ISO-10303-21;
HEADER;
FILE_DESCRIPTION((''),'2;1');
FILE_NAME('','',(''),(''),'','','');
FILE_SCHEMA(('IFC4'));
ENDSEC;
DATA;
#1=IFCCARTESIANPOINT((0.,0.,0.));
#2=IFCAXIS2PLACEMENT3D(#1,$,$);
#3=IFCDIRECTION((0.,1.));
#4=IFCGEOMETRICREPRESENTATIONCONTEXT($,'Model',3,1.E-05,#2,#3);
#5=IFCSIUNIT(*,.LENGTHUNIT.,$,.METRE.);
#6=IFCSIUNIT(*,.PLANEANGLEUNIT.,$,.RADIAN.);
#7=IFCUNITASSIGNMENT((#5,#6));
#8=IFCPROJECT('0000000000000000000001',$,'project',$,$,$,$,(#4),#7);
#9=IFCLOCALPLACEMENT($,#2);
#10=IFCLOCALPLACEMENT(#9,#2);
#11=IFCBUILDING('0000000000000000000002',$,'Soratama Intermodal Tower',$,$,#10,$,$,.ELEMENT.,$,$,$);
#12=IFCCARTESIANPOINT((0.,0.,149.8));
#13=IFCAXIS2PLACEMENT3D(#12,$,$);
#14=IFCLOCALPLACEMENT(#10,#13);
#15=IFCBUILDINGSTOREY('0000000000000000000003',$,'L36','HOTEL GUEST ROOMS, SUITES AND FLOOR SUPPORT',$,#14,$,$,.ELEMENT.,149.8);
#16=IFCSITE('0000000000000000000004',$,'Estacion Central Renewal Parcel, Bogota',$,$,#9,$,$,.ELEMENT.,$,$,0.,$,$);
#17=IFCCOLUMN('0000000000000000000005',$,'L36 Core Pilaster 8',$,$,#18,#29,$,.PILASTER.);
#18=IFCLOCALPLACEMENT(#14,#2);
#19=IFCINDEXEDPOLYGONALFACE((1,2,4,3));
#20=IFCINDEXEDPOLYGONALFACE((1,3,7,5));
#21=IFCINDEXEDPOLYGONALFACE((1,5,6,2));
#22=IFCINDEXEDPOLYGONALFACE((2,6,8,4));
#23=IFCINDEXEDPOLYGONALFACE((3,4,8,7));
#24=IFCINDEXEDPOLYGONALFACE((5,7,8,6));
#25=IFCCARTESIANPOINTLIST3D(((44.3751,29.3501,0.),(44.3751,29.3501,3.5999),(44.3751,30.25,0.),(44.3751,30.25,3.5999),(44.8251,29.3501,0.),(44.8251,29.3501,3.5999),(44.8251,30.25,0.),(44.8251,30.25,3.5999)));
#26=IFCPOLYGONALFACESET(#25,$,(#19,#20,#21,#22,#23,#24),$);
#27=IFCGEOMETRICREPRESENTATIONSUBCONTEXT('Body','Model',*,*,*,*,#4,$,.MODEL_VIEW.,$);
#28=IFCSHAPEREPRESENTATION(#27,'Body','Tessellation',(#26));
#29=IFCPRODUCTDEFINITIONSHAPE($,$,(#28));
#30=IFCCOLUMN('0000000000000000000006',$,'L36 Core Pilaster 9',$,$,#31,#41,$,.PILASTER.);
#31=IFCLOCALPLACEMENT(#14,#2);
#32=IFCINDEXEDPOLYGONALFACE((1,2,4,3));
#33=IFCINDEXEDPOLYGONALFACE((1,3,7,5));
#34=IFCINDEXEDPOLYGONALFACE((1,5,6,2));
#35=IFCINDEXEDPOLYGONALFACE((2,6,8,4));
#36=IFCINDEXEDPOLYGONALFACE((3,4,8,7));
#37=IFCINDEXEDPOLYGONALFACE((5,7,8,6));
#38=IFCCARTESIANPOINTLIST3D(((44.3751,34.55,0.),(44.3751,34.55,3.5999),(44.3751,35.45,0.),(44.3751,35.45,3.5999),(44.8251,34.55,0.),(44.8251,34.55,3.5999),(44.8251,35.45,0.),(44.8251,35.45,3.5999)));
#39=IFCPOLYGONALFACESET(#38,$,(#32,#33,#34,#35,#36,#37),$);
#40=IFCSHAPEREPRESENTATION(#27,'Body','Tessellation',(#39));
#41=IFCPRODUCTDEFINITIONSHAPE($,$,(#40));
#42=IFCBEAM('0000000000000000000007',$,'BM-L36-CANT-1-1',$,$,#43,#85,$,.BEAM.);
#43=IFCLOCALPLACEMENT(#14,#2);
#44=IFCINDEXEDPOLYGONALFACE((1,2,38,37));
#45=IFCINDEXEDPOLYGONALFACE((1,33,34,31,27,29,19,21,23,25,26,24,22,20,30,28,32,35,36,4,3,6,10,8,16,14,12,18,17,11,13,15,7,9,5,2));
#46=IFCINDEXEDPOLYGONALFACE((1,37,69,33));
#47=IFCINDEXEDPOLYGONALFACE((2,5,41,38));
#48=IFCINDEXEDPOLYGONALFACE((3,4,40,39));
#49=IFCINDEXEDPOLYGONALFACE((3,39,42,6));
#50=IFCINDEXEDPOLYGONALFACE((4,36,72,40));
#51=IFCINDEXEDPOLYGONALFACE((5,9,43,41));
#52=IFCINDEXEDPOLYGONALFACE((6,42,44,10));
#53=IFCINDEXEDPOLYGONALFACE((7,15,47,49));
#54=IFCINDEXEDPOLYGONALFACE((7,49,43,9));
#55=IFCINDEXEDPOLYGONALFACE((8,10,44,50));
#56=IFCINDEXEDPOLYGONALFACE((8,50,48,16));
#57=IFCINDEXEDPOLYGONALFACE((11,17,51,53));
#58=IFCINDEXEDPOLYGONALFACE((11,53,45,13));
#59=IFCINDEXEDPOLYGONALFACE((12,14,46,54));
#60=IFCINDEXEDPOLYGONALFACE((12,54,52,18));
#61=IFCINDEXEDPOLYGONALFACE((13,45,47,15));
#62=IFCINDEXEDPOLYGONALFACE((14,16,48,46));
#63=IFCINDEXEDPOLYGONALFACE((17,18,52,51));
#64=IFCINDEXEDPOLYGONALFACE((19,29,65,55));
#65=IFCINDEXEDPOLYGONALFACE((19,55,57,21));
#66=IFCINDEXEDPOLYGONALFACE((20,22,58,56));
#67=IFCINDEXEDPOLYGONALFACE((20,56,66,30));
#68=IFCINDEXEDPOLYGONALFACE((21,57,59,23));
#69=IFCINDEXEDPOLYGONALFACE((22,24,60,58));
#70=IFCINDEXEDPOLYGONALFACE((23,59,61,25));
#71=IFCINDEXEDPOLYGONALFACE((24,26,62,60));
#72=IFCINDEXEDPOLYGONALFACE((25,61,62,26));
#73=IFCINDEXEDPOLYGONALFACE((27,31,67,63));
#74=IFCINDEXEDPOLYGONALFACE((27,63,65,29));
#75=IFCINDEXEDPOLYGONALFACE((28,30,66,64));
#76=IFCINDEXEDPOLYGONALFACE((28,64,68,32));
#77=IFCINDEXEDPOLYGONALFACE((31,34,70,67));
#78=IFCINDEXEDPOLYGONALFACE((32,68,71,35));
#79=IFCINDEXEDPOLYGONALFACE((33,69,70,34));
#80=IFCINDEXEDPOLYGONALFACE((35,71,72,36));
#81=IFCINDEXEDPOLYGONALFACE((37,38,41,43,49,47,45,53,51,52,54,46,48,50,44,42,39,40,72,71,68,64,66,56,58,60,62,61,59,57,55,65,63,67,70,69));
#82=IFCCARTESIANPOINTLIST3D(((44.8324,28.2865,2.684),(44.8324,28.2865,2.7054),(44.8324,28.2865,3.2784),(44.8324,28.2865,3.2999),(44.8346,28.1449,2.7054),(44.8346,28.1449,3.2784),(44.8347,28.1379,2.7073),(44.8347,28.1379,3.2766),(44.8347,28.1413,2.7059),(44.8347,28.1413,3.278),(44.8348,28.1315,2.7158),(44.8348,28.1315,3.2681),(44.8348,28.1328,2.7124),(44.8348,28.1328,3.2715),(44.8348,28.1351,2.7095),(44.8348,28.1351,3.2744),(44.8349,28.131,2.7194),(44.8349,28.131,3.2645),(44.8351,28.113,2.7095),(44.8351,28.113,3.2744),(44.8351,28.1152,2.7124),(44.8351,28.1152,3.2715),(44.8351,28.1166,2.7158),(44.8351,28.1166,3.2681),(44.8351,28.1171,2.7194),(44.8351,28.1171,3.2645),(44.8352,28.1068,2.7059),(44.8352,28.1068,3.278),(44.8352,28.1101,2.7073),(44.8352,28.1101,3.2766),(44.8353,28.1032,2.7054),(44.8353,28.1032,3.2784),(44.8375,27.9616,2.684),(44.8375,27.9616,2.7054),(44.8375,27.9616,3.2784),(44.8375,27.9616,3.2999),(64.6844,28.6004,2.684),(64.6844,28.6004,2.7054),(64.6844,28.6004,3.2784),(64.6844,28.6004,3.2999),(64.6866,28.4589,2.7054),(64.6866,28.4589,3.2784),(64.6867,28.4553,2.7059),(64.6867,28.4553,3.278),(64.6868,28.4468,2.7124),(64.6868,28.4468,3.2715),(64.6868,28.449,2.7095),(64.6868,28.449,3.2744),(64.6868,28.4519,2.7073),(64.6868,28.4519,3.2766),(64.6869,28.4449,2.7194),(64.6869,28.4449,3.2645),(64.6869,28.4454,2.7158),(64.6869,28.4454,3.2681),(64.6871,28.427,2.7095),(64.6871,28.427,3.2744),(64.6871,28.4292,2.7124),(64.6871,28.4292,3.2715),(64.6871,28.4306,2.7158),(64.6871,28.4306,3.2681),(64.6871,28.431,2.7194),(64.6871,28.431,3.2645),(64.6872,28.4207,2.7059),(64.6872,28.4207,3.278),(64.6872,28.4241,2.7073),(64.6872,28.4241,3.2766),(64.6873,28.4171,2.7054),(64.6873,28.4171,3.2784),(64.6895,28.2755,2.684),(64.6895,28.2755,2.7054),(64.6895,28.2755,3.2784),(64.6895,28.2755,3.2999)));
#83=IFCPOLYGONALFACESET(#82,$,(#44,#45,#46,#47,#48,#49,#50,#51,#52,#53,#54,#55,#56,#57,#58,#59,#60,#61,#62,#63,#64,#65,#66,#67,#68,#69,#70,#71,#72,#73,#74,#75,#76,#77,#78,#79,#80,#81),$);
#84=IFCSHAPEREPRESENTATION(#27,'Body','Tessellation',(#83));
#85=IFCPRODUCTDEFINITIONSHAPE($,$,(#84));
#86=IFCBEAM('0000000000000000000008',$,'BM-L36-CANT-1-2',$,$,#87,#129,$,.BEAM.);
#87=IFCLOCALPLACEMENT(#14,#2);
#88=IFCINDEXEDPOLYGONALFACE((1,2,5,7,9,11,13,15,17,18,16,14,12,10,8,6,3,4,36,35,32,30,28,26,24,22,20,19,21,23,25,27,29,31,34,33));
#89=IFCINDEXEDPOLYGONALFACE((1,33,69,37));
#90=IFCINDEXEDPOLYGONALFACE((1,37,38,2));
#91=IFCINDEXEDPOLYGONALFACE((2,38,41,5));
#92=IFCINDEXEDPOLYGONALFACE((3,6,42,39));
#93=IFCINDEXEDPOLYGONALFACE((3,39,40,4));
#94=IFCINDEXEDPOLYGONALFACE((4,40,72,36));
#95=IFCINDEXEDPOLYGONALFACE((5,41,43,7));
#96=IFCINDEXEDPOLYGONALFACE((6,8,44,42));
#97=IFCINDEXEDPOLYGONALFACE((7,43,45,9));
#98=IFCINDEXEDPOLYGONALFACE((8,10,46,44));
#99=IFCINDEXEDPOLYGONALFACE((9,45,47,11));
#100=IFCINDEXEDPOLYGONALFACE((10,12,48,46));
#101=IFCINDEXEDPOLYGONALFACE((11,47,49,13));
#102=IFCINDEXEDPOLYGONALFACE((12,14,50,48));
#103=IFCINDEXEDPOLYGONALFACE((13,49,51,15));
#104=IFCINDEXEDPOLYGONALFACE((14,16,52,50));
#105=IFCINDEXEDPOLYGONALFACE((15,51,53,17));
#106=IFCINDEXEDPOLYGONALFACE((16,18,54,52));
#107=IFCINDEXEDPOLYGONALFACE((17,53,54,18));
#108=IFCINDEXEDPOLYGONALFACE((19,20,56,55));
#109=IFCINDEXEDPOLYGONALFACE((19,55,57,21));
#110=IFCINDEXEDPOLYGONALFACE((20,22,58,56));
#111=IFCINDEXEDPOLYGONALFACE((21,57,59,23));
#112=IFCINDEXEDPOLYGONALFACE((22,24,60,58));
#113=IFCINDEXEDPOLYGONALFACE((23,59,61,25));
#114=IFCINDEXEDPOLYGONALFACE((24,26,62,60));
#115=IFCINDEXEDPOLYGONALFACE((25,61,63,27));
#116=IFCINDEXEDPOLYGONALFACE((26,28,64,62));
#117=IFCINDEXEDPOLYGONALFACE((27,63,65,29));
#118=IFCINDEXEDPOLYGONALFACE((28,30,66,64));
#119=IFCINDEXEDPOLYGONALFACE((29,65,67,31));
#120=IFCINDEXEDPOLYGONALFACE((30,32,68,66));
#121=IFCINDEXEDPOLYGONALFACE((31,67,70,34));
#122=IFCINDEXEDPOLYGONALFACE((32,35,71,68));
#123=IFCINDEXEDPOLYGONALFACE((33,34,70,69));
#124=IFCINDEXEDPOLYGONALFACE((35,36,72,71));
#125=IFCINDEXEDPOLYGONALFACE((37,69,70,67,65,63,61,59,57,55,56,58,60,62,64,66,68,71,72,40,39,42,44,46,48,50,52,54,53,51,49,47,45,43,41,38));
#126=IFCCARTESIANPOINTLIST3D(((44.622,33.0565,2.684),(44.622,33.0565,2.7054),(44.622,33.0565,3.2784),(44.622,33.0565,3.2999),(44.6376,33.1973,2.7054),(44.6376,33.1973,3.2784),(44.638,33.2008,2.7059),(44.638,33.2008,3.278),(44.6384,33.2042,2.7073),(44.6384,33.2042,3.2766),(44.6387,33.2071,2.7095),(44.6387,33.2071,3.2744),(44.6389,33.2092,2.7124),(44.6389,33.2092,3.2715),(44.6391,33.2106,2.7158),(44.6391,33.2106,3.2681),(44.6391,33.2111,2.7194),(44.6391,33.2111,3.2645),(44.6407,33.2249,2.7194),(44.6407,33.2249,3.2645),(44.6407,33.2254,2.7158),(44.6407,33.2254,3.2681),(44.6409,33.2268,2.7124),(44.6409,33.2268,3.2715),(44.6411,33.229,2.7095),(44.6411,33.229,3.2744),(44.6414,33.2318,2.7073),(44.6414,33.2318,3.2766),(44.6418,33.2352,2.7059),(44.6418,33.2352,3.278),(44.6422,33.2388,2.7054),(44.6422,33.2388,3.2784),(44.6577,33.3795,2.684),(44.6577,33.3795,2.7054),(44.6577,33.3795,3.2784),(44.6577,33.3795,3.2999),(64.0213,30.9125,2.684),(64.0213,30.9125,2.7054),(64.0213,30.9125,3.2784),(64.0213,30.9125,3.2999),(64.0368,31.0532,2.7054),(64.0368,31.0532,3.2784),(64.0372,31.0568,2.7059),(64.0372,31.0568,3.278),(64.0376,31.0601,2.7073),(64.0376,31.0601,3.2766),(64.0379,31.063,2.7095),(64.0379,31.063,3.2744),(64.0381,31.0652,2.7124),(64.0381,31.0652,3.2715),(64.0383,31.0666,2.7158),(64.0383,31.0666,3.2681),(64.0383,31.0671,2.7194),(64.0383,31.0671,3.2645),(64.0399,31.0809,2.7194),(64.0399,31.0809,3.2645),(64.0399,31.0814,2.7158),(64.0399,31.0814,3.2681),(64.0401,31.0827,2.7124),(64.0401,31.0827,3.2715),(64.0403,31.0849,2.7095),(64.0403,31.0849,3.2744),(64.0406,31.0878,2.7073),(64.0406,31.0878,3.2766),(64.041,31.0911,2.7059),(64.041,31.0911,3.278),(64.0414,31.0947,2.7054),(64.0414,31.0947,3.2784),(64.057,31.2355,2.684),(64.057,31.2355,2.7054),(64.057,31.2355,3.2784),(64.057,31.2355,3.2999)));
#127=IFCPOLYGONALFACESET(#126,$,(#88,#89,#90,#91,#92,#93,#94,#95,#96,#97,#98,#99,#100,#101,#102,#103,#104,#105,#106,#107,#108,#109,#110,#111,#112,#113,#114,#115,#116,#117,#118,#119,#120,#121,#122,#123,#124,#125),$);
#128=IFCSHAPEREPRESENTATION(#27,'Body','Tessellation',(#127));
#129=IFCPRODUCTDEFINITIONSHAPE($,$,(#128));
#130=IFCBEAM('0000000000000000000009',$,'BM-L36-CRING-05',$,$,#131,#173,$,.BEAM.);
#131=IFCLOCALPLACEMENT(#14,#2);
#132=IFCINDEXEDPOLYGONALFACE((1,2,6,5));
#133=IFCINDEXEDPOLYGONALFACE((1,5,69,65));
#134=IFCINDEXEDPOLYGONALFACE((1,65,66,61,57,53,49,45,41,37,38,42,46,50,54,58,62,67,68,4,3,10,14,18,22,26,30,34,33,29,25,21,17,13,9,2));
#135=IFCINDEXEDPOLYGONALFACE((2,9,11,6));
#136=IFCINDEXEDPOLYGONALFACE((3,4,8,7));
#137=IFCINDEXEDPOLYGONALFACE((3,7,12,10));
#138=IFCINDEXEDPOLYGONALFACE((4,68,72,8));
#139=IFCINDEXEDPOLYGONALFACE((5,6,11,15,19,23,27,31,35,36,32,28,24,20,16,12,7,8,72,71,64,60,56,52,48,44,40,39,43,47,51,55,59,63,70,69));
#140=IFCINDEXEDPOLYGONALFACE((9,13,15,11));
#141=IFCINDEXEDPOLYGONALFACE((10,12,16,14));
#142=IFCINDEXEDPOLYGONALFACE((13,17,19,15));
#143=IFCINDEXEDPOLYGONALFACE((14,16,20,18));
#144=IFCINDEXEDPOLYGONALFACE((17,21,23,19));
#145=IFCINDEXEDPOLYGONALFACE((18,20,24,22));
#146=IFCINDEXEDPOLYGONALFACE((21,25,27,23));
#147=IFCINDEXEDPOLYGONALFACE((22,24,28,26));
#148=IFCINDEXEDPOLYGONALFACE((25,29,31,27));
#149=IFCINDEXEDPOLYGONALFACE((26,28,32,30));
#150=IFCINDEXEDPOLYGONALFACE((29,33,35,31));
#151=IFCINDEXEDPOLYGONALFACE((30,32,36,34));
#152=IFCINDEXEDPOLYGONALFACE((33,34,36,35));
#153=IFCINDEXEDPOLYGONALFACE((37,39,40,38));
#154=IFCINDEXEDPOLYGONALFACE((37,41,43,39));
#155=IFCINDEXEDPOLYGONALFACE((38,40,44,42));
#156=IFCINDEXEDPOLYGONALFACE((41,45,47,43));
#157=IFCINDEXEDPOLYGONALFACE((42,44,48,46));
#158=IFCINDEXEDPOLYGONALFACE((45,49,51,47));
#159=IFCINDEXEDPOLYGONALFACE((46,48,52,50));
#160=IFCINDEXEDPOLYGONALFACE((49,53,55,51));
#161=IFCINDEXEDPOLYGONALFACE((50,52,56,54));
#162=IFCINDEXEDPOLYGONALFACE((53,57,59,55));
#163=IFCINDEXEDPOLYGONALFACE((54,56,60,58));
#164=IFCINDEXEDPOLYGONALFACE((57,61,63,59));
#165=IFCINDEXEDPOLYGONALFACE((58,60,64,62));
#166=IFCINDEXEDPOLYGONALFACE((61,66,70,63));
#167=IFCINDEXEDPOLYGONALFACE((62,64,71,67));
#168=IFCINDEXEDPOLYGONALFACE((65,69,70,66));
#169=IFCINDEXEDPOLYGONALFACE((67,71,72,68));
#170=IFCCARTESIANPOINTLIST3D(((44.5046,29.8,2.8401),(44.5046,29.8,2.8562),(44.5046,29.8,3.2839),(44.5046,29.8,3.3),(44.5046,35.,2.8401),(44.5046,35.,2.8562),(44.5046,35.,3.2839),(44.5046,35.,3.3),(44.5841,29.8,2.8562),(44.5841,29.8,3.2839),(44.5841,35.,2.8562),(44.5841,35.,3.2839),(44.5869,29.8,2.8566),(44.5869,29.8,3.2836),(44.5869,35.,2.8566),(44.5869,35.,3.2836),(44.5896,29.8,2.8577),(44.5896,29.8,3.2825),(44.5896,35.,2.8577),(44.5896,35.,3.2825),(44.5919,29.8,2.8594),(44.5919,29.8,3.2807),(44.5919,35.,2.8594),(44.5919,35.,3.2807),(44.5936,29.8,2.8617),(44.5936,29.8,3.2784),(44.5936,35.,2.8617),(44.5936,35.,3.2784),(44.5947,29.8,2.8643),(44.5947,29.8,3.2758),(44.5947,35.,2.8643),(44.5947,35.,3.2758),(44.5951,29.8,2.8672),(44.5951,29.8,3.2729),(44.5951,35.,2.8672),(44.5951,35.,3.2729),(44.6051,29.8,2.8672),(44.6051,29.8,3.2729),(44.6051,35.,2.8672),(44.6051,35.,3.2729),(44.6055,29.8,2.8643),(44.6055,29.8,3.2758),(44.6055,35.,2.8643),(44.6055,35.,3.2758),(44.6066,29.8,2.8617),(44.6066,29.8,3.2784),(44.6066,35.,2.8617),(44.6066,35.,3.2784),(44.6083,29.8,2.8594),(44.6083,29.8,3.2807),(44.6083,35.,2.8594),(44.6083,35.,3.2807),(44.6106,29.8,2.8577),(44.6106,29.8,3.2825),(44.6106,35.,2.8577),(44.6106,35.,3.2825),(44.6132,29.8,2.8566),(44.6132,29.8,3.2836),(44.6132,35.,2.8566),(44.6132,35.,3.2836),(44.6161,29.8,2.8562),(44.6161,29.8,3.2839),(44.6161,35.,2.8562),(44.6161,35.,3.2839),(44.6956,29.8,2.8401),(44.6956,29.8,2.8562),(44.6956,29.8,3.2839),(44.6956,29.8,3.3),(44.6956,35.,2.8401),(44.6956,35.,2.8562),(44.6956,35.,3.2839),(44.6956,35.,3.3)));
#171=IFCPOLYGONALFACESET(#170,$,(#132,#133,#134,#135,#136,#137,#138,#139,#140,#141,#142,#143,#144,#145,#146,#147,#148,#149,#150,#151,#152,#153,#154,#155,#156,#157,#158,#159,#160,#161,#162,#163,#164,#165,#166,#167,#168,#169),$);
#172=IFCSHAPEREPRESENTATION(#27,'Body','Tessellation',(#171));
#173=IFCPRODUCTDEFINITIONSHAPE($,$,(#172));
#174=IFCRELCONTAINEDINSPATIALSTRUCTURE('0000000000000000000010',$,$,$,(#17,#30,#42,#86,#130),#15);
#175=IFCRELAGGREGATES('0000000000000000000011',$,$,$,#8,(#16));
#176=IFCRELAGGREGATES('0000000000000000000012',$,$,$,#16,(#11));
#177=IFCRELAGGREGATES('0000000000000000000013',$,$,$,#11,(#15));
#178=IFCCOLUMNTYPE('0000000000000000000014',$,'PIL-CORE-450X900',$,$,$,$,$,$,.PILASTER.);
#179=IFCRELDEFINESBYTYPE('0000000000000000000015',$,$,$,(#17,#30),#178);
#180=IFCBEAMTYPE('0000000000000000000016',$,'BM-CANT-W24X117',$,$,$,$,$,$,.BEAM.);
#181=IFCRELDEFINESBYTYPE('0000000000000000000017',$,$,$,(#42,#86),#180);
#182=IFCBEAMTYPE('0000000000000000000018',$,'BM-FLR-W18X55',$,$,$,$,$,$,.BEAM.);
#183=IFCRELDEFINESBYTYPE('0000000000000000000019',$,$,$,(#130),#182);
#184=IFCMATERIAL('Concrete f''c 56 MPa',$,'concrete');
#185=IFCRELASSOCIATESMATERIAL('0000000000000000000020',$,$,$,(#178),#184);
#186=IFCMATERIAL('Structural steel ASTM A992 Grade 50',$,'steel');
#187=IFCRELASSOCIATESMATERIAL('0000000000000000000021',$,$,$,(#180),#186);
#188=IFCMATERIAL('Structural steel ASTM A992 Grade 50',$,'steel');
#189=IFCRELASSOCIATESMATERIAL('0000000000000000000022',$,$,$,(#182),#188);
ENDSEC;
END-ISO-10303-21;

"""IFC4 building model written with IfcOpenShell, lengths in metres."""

from ifc_helpers import new_model, si_unit, direction, frame, origin, origin_2d, place, context, subcontext, project, spatial, rectangle, i_section, extrude, material, material_profile, profile_set, type_object, element, save


model = new_model("IFC4")

# Units and contexts
model_context = context("Model", 3, precision=1e-05, world=origin(), true_north=direction((0.0, 1.0)))
body_context = subcontext(model_context, "Body", "Model", "MODEL_VIEW")
ifc_project = project(units=[si_unit("LENGTHUNIT", "METRE"), si_unit("PLANEANGLEUNIT", "RADIAN")], contexts=[model_context])

# Site, building, storey
site_placement = place(None, origin())
site = spatial("IfcSite", under=ifc_project, at=site_placement, Name="Estacion Central Renewal Parcel, Bogota", CompositionType="ELEMENT", RefElevation=0.0)
building_placement = place(site_placement, origin())
building = spatial("IfcBuilding", under=site, at=building_placement, Name="Soratama Intermodal Tower", CompositionType="ELEMENT")
storey_placement = place(building_placement, frame((0.0, 0.0, 149.8)))
storey = spatial("IfcBuildingStorey", under=building, at=storey_placement, Name="L36", Description="HOTEL GUEST ROOMS, SUITES AND FLOOR SUPPORT", CompositionType="ELEMENT", Elevation=149.8)

# Columns
ifc_material_1 = material(Name="Concrete f'c 56 MPa", Category="concrete")
ifc_material_profile_1 = material_profile(ifc_material_1, rectangle(XDim=0.45, YDim=0.8999, at=origin_2d()), Name="RC450X900")
ifc_profile_set_1 = profile_set([ifc_material_profile_1], Name="Concrete f'c 56 MPa")
column_type = type_object("IfcColumnType", Name="PIL-CORE-450X900", PredefinedType="PILASTER", material=ifc_profile_set_1)
for number, where, z_axis, x_axis, name in (
    (1, (44.6001, 29.8, 0.0), (0.0, 0.0, 1.0), (1.0, 0.0, 0.0), "L36 Core Pilaster 8"),
    (2, (44.6001, 35.0, 0.0), (0.0, 0.0, 1.0), (1.0, 0.0, 0.0), "L36 Core Pilaster 9"),
):
    element("IfcColumn", number, at=place(storey_placement, frame(where, z_axis=z_axis, x_axis=x_axis)), inside=storey, type_object=column_type, Name=name, PredefinedType="PILASTER", context=body_context, shape_type="SweptSolid", body=[
        extrude(rectangle(XDim=0.45, YDim=0.8999, at=origin_2d()), origin(), (0.0, 0.0, 1.0), 3.5999),
    ])

# Beams
ifc_material_2 = material(Name="Structural steel ASTM A992 Grade 50", Category="steel")
ifc_material_profile_2 = material_profile(ifc_material_2, i_section(OverallWidth=0.325, OverallDepth=0.616, WebThickness=0.0139, FlangeThickness=0.0215, FilletRadius=0.0139, at=origin_2d()), Name="W24X117")
ifc_profile_set_2 = profile_set([ifc_material_profile_2], Name="Structural steel ASTM A992 Grade 50")
beam_type_1 = type_object("IfcBeamType", Name="BM-CANT-W24X117", PredefinedType="BEAM", material=ifc_profile_set_2)
beam_1_placement = place(storey_placement, frame((44.835, 28.124, 2.9919), z_axis=(0.999875, 0.015813, 0.0), x_axis=(-0.015813, 0.999875, 0.0)))
element("IfcBeam", 3, at=beam_1_placement, inside=storey, type_object=beam_type_1, Name="BM-L36-CANT-1-1", PredefinedType="BEAM", context=body_context, shape_type="SweptSolid", body=[
    extrude(i_section(OverallWidth=0.325, OverallDepth=0.616, WebThickness=0.0139, FlangeThickness=0.0215, FilletRadius=0.0139, at=origin_2d()), origin(), (0.0, 0.0, 1.0), 19.8545),
])
beam_2_placement = place(storey_placement, frame((44.6399, 33.218, 2.9919), z_axis=(0.993948, -0.109854, 0.0), x_axis=(0.109854, 0.993948, 0.0)))
element("IfcBeam", 4, at=beam_2_placement, inside=storey, type_object=beam_type_1, Name="BM-L36-CANT-1-2", PredefinedType="BEAM", context=body_context, shape_type="SweptSolid", body=[
    extrude(i_section(OverallWidth=0.325, OverallDepth=0.616, WebThickness=0.0139, FlangeThickness=0.0215, FilletRadius=0.0139, at=origin_2d()), origin(), (0.0, 0.0, 1.0), 19.5173),
])
ifc_material_3 = material(Name="Structural steel ASTM A992 Grade 50", Category="steel")
ifc_material_profile_3 = material_profile(ifc_material_3, i_section(OverallWidth=0.1909, OverallDepth=0.46, WebThickness=0.01, FlangeThickness=0.0161, FilletRadius=0.011, at=origin_2d()), Name="W18X55")
ifc_profile_set_3 = profile_set([ifc_material_profile_3], Name="Structural steel ASTM A992 Grade 50")
beam_type_2 = type_object("IfcBeamType", Name="BM-FLR-W18X55", PredefinedType="BEAM", material=ifc_profile_set_3)
beam_3_placement = place(storey_placement, frame((44.6001, 29.8, 3.0701), z_axis=(0.0, 1.0, 0.0), x_axis=(-1.0, 0.0, 0.0)))
element("IfcBeam", 5, at=beam_3_placement, inside=storey, type_object=beam_type_2, Name="BM-L36-CRING-05", PredefinedType="BEAM", context=body_context, shape_type="SweptSolid", body=[
    extrude(i_section(OverallWidth=0.1909, OverallDepth=0.46, WebThickness=0.01, FlangeThickness=0.0161, FilletRadius=0.011, at=origin_2d()), origin(), (0.0, 0.0, 1.0), 5.2),
])

save(model, "model.ifc")
